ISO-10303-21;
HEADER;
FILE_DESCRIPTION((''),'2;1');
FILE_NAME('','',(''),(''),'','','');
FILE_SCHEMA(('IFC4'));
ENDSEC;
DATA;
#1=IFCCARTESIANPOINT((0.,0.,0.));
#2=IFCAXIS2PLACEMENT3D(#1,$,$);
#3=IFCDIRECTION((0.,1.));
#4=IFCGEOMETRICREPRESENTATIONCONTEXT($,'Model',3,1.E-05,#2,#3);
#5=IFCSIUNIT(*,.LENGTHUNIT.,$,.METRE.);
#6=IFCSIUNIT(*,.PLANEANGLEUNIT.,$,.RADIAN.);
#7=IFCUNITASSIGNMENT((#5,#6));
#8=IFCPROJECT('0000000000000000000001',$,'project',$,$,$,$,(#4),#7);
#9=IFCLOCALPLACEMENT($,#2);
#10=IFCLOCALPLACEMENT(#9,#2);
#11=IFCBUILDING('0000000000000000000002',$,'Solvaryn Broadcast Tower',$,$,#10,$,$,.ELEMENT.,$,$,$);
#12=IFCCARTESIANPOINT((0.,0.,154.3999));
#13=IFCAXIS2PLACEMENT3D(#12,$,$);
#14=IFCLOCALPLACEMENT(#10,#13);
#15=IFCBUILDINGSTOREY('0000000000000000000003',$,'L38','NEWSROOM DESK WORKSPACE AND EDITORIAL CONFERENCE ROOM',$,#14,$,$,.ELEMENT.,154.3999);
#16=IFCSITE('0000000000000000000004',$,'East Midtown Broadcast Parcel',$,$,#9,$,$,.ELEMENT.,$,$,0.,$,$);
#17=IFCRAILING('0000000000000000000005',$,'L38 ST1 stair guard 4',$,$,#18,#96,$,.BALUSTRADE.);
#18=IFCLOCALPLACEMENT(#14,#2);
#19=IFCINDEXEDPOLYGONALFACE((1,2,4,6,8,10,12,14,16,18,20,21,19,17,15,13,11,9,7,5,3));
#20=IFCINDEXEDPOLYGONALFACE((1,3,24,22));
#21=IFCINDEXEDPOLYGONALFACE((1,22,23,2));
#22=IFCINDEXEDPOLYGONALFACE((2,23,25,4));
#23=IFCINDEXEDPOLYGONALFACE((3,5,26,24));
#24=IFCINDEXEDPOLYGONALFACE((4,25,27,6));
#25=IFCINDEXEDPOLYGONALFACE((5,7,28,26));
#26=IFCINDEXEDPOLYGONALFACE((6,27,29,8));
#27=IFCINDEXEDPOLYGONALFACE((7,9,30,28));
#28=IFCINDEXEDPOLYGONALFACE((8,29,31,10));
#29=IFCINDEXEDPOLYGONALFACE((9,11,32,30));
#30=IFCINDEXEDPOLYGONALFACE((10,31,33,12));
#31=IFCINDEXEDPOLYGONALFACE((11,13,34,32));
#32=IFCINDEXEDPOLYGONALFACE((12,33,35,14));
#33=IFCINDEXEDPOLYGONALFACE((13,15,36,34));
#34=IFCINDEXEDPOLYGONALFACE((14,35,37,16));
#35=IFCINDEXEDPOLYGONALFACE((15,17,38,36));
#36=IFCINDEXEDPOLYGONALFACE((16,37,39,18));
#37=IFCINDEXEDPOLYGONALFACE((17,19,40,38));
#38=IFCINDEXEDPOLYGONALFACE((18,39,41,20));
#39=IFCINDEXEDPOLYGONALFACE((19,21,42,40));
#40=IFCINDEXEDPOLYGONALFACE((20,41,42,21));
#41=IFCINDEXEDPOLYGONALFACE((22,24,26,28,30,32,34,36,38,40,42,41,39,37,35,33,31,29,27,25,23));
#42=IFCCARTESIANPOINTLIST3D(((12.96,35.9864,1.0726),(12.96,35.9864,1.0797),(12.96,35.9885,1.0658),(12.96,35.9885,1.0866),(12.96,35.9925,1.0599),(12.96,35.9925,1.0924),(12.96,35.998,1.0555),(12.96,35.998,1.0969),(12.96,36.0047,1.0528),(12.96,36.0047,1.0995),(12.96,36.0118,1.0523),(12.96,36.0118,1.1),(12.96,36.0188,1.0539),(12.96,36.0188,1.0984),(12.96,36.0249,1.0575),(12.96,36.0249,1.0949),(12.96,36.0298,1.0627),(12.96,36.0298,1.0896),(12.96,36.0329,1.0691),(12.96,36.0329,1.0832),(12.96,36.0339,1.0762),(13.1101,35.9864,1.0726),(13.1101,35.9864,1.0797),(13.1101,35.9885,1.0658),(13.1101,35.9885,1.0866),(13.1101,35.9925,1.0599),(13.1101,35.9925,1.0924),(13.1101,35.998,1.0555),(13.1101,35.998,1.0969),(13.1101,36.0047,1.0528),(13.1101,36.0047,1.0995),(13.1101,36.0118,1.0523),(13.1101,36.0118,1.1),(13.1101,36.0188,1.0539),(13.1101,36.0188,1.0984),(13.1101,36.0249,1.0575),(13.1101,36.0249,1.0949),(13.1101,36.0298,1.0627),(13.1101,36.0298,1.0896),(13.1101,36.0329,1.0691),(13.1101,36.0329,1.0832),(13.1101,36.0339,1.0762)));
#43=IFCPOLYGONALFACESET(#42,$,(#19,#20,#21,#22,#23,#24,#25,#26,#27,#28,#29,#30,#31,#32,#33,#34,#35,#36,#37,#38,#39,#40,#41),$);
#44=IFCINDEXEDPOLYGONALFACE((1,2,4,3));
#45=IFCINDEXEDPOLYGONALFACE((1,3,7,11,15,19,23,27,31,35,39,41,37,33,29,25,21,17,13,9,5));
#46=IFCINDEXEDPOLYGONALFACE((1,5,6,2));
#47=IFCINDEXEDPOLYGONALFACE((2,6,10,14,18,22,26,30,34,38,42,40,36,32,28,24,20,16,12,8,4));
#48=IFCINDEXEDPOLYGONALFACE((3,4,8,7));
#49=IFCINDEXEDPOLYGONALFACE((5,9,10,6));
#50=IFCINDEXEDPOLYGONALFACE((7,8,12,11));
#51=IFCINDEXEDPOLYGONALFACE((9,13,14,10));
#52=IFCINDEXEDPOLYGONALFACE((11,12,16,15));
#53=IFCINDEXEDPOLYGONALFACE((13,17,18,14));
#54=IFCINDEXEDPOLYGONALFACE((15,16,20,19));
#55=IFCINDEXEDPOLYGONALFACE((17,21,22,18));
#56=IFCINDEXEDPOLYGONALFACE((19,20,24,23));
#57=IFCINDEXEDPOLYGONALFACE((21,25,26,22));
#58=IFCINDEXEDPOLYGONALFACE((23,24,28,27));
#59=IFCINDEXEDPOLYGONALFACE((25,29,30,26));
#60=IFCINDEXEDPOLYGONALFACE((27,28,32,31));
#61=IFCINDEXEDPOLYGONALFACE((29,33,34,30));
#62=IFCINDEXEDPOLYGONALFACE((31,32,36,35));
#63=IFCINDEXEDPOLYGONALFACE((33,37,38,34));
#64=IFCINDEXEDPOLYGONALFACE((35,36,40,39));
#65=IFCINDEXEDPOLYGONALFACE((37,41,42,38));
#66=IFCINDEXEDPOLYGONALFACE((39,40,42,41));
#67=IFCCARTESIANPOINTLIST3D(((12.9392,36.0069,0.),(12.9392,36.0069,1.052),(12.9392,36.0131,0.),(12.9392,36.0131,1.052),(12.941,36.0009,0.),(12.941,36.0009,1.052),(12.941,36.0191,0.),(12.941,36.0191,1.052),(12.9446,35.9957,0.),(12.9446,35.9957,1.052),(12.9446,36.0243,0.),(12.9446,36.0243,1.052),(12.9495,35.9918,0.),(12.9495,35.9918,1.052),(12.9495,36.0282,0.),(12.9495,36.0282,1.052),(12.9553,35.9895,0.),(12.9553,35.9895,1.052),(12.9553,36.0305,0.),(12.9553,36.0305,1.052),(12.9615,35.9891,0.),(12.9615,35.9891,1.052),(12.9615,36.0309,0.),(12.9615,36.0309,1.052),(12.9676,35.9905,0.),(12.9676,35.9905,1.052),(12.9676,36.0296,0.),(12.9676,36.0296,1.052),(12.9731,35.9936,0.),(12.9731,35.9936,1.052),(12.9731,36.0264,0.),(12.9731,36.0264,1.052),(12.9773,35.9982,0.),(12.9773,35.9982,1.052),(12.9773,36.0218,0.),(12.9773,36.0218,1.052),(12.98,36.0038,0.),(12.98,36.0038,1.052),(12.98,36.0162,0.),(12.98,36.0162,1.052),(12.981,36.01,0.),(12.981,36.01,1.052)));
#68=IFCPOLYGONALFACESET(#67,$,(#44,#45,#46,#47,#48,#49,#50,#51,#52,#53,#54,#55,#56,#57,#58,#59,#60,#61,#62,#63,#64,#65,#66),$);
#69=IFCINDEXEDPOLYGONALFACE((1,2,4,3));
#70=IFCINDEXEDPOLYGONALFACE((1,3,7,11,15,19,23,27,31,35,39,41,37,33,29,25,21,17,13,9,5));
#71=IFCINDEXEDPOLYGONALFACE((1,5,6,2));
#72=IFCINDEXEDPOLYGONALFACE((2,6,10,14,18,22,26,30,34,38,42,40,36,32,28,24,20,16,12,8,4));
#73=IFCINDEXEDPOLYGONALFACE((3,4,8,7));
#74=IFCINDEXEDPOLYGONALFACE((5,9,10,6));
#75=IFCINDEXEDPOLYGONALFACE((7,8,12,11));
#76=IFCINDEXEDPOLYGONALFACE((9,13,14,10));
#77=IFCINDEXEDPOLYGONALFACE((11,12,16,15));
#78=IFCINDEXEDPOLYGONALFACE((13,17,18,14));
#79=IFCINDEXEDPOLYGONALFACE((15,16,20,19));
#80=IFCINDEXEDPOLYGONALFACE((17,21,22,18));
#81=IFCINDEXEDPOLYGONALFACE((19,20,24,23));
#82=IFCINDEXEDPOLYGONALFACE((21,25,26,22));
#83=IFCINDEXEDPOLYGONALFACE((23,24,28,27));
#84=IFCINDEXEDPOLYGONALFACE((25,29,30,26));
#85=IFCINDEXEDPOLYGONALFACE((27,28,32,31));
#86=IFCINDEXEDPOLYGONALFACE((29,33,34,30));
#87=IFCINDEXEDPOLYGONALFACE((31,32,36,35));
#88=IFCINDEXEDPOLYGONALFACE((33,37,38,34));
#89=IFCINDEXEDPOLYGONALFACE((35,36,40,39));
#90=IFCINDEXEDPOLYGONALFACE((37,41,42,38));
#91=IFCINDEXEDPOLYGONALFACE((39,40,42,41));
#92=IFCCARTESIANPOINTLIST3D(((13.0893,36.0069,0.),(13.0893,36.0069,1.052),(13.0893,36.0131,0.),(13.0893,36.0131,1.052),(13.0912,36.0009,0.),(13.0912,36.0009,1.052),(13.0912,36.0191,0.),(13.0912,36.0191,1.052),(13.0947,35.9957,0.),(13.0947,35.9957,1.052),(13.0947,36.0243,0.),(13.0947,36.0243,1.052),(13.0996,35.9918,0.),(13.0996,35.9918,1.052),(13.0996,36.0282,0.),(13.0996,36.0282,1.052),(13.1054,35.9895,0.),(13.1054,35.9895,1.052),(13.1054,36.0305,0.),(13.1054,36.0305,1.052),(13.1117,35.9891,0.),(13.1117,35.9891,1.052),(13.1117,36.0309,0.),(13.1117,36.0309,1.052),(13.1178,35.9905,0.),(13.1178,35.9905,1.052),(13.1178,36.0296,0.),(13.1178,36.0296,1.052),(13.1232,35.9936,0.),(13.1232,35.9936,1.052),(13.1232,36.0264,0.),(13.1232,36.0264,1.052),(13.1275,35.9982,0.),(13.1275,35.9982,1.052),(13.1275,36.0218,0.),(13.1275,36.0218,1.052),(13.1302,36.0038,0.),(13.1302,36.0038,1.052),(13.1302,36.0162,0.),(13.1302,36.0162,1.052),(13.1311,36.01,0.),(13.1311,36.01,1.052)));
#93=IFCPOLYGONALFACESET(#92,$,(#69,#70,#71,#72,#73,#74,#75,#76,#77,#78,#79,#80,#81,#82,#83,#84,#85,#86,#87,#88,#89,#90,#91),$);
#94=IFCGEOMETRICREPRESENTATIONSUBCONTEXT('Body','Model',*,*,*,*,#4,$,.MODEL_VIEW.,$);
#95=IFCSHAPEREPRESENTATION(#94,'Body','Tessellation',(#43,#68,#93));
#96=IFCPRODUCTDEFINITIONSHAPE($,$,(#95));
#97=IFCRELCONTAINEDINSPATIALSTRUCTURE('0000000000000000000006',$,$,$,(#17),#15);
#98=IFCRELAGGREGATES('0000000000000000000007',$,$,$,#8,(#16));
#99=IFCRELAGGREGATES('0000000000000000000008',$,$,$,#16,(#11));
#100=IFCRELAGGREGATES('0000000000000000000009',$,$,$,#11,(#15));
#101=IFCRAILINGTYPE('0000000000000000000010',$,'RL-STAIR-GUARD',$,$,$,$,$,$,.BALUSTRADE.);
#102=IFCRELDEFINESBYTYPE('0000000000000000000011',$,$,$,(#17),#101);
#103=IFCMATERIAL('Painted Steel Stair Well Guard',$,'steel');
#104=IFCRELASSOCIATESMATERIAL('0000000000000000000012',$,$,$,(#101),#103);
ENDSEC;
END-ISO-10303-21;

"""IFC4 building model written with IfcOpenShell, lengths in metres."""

from ifc_helpers import new_model, si_unit, direction, frame, origin, origin_2d, place, context, subcontext, project, spatial, circle, extrude, material, type_object, element, save


model = new_model("IFC4")

# Units and contexts
model_context = context("Model", 3, precision=1e-05, world=origin(), true_north=direction((0.0, 1.0)))
body_context = subcontext(model_context, "Body", "Model", "MODEL_VIEW")
ifc_project = project(units=[si_unit("LENGTHUNIT", "METRE"), si_unit("PLANEANGLEUNIT", "RADIAN")], contexts=[model_context])

# Site, building, storey
site_placement = place(None, origin())
site = spatial("IfcSite", under=ifc_project, at=site_placement, Name="East Midtown Broadcast Parcel", CompositionType="ELEMENT", RefElevation=0.0)
building_placement = place(site_placement, origin())
building = spatial("IfcBuilding", under=site, at=building_placement, Name="Solvaryn Broadcast Tower", CompositionType="ELEMENT")
storey_placement = place(building_placement, frame((0.0, 0.0, 154.3999)))
storey = spatial("IfcBuildingStorey", under=building, at=storey_placement, Name="L38", Description="NEWSROOM DESK WORKSPACE AND EDITORIAL CONFERENCE ROOM", CompositionType="ELEMENT", Elevation=154.3999)

# Railing
ifc_material_1 = material(Name="Painted Steel Stair Well Guard", Category="steel")
railing_type_1 = type_object("IfcRailingType", Name="RL-STAIR-GUARD", PredefinedType="BALUSTRADE", material=ifc_material_1)
railing_1_placement = place(storey_placement, frame((12.96, 36.01, 0.0)))
element("IfcRailing", 1, at=railing_1_placement, inside=storey, type_object=railing_type_1, Name="L38 ST1 stair guard 4", PredefinedType="BALUSTRADE", context=body_context, shape_type="SweptSolid", body=[
    extrude(circle(Radius=0.0239, at=origin_2d()), frame((0.0, 0.0, 1.0762), z_axis=(1.0, 0.0, 0.0), x_axis=(0.0, 1.0, 0.0)), (0.0, 0.0, 1.0), 0.1501),
    extrude(circle(Radius=0.021, at=origin_2d()), origin(), (0.0, 0.0, 1.0), 1.052),
    extrude(circle(Radius=0.021, at=origin_2d()), frame((0.1501, 0.0, 0.0)), (0.0, 0.0, 1.0), 1.052),
])

save(model, "model.ifc")
